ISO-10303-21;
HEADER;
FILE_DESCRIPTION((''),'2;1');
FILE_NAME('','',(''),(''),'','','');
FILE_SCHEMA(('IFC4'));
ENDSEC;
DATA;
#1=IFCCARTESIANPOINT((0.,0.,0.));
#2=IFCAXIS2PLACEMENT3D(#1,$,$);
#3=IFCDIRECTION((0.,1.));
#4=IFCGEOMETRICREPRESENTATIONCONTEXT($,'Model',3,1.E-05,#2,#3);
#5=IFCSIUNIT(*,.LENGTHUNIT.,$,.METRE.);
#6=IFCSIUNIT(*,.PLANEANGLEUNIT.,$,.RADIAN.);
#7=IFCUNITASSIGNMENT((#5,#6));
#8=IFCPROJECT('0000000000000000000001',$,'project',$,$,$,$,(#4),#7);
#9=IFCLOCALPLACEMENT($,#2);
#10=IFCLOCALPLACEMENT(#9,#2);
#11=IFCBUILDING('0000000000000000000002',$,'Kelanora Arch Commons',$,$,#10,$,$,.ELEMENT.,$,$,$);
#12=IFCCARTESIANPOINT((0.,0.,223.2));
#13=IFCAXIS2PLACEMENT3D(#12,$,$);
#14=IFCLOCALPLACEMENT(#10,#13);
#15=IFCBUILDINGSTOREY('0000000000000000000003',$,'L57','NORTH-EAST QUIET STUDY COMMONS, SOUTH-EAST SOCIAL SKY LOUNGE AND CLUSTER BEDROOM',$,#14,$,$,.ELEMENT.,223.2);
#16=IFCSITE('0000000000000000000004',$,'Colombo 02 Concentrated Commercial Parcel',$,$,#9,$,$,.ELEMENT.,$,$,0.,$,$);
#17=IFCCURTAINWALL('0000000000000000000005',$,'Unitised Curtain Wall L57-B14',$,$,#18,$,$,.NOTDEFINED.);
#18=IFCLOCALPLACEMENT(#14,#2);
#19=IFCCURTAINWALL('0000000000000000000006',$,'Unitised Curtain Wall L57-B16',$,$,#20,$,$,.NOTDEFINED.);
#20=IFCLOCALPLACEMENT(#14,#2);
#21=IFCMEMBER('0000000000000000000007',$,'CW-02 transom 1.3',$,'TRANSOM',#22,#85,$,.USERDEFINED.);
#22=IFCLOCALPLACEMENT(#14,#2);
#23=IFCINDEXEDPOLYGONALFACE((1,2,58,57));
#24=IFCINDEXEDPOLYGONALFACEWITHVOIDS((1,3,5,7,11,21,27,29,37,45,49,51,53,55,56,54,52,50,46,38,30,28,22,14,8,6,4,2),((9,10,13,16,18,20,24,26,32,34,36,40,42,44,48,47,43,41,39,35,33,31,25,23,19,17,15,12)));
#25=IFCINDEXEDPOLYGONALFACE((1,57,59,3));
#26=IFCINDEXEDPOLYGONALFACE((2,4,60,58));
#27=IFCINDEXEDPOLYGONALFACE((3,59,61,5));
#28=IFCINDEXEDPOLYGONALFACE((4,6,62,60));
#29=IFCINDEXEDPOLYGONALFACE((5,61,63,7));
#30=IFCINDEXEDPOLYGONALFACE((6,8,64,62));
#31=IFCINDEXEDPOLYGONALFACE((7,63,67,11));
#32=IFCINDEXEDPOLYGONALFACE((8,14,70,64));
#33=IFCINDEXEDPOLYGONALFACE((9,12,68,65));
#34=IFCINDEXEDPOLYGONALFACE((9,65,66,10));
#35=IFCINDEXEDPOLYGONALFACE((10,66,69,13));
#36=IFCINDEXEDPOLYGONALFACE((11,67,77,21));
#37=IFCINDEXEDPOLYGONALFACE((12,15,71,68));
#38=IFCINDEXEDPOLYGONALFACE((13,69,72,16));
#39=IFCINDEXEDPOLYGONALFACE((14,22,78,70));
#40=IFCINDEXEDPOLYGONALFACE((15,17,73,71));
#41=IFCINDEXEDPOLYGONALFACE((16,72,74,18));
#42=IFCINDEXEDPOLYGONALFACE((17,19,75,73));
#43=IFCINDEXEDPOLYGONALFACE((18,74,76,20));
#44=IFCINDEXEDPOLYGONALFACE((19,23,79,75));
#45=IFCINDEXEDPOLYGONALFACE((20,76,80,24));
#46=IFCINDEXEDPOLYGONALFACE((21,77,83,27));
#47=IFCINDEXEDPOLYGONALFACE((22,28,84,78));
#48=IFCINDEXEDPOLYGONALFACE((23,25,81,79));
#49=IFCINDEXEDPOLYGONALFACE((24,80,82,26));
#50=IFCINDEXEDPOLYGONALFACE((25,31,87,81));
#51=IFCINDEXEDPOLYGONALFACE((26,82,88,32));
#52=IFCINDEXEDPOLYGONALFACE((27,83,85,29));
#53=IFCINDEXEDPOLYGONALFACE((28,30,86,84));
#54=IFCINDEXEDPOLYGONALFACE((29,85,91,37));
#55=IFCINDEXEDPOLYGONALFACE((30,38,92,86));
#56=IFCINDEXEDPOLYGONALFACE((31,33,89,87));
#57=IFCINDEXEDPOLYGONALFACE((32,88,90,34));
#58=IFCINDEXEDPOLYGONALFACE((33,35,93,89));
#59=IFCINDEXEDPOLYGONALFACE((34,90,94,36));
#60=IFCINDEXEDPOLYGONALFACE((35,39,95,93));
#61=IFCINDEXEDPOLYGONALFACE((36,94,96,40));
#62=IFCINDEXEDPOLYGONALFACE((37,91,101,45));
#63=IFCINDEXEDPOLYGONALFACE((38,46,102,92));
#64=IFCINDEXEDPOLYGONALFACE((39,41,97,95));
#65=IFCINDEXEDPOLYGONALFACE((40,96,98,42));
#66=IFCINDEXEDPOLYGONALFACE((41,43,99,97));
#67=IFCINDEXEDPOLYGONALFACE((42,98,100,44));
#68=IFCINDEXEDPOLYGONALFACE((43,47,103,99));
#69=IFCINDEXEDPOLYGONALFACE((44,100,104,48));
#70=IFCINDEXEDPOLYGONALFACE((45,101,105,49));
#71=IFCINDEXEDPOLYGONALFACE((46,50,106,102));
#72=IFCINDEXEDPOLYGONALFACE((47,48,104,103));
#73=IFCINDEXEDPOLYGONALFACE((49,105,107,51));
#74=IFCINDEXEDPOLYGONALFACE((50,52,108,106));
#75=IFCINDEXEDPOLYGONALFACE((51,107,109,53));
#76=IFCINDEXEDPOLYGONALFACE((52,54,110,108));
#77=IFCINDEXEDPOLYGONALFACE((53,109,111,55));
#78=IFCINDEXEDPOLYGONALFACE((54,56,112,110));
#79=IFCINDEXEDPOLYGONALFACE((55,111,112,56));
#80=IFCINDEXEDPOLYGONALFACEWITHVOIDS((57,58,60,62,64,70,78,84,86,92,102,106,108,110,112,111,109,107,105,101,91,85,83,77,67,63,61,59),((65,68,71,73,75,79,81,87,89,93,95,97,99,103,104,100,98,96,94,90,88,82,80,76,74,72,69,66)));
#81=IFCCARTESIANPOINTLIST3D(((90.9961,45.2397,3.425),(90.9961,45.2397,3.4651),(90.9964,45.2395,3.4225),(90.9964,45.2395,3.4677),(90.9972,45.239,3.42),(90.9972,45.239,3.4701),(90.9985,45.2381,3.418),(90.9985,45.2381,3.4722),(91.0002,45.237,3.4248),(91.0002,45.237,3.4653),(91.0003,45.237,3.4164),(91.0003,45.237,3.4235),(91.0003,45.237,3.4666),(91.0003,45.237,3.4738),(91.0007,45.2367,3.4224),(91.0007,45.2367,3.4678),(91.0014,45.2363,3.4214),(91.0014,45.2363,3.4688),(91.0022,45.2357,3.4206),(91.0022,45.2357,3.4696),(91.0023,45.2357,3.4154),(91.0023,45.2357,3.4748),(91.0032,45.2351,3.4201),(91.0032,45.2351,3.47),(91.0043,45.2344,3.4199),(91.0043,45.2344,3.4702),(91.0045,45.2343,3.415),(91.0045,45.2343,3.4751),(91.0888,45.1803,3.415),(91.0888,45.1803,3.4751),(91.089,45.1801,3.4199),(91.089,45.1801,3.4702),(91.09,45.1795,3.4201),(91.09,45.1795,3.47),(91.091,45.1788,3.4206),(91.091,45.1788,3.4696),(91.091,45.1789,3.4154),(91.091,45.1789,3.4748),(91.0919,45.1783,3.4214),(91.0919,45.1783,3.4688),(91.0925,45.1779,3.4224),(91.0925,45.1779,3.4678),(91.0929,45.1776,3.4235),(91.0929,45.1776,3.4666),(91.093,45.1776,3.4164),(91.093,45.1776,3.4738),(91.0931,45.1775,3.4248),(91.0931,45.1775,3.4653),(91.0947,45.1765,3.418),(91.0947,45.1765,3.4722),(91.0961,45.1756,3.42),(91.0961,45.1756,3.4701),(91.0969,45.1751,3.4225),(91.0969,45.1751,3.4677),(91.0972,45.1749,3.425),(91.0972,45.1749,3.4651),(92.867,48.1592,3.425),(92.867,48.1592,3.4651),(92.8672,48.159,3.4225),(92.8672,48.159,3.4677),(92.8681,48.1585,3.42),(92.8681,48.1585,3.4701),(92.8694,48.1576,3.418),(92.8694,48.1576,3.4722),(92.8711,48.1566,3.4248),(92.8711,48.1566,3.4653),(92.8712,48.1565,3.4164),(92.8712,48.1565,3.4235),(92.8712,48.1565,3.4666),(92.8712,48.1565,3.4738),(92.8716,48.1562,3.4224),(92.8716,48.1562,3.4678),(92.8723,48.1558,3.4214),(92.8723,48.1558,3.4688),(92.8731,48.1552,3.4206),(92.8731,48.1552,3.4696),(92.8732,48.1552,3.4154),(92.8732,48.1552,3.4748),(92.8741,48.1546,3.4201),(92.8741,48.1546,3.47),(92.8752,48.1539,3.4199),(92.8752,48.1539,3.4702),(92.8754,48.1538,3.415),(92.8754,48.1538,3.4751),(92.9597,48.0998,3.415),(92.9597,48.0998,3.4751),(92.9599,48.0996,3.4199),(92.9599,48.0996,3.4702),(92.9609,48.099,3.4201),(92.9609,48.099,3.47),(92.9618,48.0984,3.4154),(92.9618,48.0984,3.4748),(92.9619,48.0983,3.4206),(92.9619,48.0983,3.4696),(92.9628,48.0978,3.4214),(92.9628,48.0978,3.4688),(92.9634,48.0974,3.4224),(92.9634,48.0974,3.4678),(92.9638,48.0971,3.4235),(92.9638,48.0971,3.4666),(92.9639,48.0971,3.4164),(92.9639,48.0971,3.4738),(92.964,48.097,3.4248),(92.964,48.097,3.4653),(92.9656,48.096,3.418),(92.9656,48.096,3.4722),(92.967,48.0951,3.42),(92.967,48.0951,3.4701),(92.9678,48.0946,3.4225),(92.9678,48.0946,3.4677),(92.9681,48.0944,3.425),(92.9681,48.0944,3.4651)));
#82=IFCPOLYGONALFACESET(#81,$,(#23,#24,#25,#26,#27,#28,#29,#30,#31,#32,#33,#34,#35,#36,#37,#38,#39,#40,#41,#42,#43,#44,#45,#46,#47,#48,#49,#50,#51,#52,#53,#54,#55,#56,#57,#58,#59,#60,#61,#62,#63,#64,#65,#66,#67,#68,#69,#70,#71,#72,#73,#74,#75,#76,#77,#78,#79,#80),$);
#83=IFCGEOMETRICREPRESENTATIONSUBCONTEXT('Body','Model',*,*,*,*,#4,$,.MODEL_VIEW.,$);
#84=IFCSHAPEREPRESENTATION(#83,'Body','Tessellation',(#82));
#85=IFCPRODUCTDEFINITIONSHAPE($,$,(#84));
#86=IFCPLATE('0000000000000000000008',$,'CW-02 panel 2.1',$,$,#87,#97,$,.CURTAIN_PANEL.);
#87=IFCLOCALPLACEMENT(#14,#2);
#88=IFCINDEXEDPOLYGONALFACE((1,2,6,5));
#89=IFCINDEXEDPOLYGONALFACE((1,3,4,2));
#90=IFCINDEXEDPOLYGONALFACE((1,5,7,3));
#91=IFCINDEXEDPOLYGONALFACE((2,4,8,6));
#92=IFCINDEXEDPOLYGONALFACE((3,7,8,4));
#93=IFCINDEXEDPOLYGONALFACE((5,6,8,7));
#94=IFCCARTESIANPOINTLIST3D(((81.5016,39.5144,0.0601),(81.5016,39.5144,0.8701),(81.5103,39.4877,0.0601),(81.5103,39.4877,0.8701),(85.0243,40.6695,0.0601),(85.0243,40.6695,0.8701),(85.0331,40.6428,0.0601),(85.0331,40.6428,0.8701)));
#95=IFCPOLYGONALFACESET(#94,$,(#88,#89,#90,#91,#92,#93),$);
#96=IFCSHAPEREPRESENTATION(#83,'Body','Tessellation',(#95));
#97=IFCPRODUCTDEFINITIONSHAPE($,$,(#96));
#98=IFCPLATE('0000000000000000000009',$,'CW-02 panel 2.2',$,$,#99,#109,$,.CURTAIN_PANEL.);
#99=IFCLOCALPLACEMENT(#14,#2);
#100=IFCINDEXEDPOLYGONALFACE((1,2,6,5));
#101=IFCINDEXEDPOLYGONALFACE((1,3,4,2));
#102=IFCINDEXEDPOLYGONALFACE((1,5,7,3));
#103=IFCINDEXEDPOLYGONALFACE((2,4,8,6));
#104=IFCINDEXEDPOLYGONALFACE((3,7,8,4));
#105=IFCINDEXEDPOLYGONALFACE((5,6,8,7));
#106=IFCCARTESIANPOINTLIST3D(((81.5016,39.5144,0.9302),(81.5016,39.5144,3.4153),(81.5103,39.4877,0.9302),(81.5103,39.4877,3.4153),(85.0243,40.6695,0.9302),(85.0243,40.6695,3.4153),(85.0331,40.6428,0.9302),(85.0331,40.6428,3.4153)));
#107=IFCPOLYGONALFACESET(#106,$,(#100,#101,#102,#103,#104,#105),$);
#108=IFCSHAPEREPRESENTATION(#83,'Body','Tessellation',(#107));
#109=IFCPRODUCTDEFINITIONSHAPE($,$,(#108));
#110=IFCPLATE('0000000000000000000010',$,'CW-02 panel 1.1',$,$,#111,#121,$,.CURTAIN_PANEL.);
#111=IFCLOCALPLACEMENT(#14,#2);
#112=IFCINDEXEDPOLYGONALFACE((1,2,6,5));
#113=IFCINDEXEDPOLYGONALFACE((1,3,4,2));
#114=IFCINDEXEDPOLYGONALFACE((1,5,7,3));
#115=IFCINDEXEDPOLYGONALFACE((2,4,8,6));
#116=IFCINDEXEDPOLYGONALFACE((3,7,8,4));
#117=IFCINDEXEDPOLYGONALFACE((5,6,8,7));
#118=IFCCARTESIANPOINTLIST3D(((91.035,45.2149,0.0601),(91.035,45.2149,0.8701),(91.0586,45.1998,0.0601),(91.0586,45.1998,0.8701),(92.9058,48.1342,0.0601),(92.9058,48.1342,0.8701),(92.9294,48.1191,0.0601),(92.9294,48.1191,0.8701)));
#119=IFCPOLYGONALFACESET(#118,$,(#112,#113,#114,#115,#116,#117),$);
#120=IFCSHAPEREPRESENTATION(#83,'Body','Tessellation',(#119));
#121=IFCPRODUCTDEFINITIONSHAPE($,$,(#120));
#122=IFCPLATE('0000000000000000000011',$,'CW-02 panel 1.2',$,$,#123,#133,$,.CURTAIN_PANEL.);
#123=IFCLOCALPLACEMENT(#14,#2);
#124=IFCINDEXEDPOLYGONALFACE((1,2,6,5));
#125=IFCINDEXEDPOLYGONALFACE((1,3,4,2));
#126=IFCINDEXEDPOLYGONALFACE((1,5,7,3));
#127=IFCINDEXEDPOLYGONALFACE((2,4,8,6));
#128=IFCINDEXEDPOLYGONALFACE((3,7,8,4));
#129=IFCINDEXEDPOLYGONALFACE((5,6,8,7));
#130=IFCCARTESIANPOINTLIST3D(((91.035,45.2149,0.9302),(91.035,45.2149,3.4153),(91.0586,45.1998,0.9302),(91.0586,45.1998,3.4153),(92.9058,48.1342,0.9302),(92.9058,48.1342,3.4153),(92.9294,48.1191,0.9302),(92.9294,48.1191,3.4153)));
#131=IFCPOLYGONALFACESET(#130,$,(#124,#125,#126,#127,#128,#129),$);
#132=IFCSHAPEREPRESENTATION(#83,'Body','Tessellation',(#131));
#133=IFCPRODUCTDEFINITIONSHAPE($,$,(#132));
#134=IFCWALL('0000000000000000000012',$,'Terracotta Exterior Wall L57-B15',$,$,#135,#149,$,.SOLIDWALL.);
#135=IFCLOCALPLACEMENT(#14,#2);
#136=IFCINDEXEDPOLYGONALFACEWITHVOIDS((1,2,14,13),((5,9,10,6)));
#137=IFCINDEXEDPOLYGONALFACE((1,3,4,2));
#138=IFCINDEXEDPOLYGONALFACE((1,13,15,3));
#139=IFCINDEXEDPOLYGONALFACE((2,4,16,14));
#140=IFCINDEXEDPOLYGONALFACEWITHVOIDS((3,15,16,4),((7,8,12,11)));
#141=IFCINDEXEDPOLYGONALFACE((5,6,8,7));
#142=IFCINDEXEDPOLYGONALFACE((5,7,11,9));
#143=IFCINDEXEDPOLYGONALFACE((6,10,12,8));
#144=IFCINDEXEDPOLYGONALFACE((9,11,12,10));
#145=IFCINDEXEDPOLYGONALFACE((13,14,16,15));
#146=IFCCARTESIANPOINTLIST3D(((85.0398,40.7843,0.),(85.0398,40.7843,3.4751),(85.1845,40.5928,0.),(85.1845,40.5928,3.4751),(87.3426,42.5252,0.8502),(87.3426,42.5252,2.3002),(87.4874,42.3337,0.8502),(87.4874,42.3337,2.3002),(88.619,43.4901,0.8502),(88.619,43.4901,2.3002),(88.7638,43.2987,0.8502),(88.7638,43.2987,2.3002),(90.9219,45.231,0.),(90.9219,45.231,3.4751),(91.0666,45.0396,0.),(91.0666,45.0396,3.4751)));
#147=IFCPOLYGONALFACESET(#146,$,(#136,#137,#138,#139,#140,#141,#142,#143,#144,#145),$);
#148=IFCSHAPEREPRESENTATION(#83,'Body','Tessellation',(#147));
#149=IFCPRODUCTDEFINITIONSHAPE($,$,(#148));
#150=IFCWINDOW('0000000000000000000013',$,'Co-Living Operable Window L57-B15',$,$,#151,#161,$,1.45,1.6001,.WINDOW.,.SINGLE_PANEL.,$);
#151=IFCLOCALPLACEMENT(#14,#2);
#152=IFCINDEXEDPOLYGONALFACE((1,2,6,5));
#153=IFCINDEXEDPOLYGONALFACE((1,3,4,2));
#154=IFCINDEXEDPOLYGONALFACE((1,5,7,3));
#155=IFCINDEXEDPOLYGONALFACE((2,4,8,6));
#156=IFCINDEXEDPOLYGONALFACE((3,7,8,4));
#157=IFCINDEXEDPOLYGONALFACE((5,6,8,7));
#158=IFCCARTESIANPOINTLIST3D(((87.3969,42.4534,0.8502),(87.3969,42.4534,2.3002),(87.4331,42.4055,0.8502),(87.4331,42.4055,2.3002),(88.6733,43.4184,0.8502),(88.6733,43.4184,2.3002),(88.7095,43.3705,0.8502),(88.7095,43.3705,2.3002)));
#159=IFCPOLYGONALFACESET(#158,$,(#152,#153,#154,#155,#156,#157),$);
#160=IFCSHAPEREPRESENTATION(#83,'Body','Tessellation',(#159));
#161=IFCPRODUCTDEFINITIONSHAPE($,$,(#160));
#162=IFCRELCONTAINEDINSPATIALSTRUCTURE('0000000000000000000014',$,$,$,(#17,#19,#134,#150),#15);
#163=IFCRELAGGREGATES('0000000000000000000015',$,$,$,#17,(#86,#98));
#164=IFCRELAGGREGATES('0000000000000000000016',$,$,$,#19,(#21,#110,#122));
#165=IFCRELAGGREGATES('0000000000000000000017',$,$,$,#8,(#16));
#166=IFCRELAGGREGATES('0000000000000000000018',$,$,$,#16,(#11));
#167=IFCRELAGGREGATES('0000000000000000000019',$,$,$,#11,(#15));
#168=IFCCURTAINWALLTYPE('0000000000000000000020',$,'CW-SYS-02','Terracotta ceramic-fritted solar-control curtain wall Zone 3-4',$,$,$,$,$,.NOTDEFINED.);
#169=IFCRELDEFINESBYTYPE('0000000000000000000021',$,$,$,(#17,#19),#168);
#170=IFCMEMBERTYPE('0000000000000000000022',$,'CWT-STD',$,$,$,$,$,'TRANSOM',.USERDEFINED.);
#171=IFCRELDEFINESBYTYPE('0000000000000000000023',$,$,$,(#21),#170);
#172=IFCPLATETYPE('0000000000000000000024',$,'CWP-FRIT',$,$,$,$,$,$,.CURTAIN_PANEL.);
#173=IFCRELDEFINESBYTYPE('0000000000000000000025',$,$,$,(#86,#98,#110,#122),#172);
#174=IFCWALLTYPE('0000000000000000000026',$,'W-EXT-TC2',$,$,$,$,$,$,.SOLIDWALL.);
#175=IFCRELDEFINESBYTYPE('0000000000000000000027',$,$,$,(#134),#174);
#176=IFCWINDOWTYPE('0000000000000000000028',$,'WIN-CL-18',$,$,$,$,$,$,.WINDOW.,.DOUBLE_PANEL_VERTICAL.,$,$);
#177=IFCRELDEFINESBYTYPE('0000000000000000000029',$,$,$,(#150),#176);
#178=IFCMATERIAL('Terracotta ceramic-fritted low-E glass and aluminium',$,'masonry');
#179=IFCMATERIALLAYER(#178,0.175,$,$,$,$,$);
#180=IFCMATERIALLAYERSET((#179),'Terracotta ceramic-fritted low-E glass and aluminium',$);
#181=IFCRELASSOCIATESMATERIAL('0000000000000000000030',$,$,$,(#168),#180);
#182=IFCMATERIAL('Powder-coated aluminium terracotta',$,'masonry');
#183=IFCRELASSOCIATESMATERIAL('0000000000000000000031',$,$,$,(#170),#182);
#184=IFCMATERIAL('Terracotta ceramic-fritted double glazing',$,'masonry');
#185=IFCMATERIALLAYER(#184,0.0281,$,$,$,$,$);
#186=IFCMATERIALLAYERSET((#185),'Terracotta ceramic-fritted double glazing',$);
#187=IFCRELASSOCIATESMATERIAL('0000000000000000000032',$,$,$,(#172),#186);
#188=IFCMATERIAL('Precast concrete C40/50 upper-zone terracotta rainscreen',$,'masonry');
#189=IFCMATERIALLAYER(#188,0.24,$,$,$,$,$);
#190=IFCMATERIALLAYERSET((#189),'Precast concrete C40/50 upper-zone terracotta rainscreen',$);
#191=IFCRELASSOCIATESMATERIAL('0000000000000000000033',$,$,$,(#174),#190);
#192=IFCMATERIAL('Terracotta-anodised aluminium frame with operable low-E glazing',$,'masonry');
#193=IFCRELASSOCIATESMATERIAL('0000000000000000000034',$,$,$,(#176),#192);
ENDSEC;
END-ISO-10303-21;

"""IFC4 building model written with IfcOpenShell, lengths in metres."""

from ifc_helpers import new_model, si_unit, direction, frame, frame_2d, origin, origin_2d, place, context, subcontext, project, spatial, rectangle, hollow_rectangle, extrude, source, transform, mapped, material, layer, layer_set, material_profile, profile_set, type_object, element, fill, aggregate, save


model = new_model("IFC4")

# Units and contexts
model_context = context("Model", 3, precision=1e-05, world=origin(), true_north=direction((0.0, 1.0)))
body_context = subcontext(model_context, "Body", "Model", "MODEL_VIEW")
ifc_project = project(units=[si_unit("LENGTHUNIT", "METRE"), si_unit("PLANEANGLEUNIT", "RADIAN")], contexts=[model_context])

# Site, building, storey
site_placement = place(None, origin())
site = spatial("IfcSite", under=ifc_project, at=site_placement, Name="Colombo 02 Concentrated Commercial Parcel", CompositionType="ELEMENT", RefElevation=0.0)
building_placement = place(site_placement, origin())
building = spatial("IfcBuilding", under=site, at=building_placement, Name="Kelanora Arch Commons", CompositionType="ELEMENT")
storey_placement = place(building_placement, frame((0.0, 0.0, 223.2)))
storey = spatial("IfcBuildingStorey", under=building, at=storey_placement, Name="L57", Description="NORTH-EAST QUIET STUDY COMMONS, SOUTH-EAST SOCIAL SKY LOUNGE AND CLUSTER BEDROOM", CompositionType="ELEMENT", Elevation=223.2)

# Curtain wall
ifc_material_1 = material(Name="Terracotta ceramic-fritted low-E glass and aluminium", Category="masonry")
ifc_layer_1 = layer(ifc_material_1, 0.175)
ifc_layer_set_1 = layer_set([ifc_layer_1], Name="Terracotta ceramic-fritted low-E glass and aluminium")
curtain_wall_type = type_object("IfcCurtainWallType", Name="CW-SYS-02", Description="Terracotta ceramic-fritted solar-control curtain wall Zone 3-4", PredefinedType="NOTDEFINED", material=ifc_layer_set_1)
curtain_wall_1_placement = place(storey_placement, origin())
curtain_wall_1 = element("IfcCurtainWall", 1, at=curtain_wall_1_placement, inside=storey, type_object=curtain_wall_type, Name="Unitised Curtain Wall L57-B14", PredefinedType="NOTDEFINED")
ifc_material_2 = material(Name="Powder-coated aluminium terracotta", Category="masonry")

# Curtain wall, member
curtain_wall_2_placement = place(storey_placement, origin())
curtain_wall_2 = element("IfcCurtainWall", 2, at=curtain_wall_2_placement, inside=storey, type_object=curtain_wall_type, Name="Unitised Curtain Wall L57-B16", PredefinedType="NOTDEFINED")
ifc_material_profile_1 = material_profile(ifc_material_2, hollow_rectangle(XDim=0.1201, YDim=0.0601, WallThickness=0.0049, InnerFilletRadius=0.0049, OuterFilletRadius=0.01, at=origin_2d()), Name="CWT120x60")
ifc_profile_set_1 = profile_set([ifc_material_profile_1], Name="Powder-coated aluminium terracotta")
member_type_1 = type_object("IfcMemberType", Name="CWT-STD", ElementType="TRANSOM", PredefinedType="USERDEFINED", material=ifc_profile_set_1)
member_1_placement = place(storey_placement, frame((91.0466, 45.2073, 3.4451), z_axis=(0.539547, 0.841955, 0.0), x_axis=(-0.841955, 0.539547, 0.0)))
member_1 = element("IfcMember", 3, at=member_1_placement, type_object=member_type_1, Name="CW-02 transom 1.3", ObjectType="TRANSOM", PredefinedType="USERDEFINED", context=body_context, shape_type="SweptSolid", body=[
    extrude(hollow_rectangle(XDim=0.1201, YDim=0.0601, WallThickness=0.0049, InnerFilletRadius=0.0049, OuterFilletRadius=0.01, at=origin_2d()), origin(), (0.0, 0.0, 1.0), 3.4675),
])

# Plates
ifc_material_3 = material(Name="Terracotta ceramic-fritted double glazing", Category="masonry")
ifc_layer_2 = layer(ifc_material_3, 0.0281)
ifc_layer_set_2 = layer_set([ifc_layer_2], Name="Terracotta ceramic-fritted double glazing")
plate_type = type_object("IfcPlateType", Name="CWP-FRIT", PredefinedType="CURTAIN_PANEL", material=ifc_layer_set_2)
shared_shape_1 = source(origin(), body_context, "Body", "SweptSolid", [
    extrude(rectangle(XDim=3.7073, YDim=0.0281, at=origin_2d()), origin(), (0.0, 0.0, 1.0), 0.8101),
])
plate_1_placement = place(storey_placement, frame((83.2673, 40.0786, 0.0601), z_axis=(0.0, 0.0, 1.0), x_axis=(0.950219, 0.311582, 0.0)))
plate_1 = element("IfcPlate", 4, at=plate_1_placement, type_object=plate_type, Name="CW-02 panel 2.1", PredefinedType="CURTAIN_PANEL", context=body_context, shape_type="MappedRepresentation", body=[
    mapped(shared_shape_1, transform((0.0, 0.0, 0.0), scale=1.0)),
])
shared_shape_2 = source(origin(), body_context, "Body", "SweptSolid", [
    extrude(rectangle(XDim=3.7073, YDim=0.0281, at=origin_2d()), origin(), (0.0, 0.0, 1.0), 2.4851),
])
plate_2_placement = place(storey_placement, frame((83.2673, 40.0786, 0.9302), z_axis=(0.0, 0.0, 1.0), x_axis=(0.950219, 0.311582, 0.0)))
plate_2 = element("IfcPlate", 5, at=plate_2_placement, type_object=plate_type, Name="CW-02 panel 2.2", PredefinedType="CURTAIN_PANEL", context=body_context, shape_type="MappedRepresentation", body=[
    mapped(shared_shape_2, transform((0.0, 0.0, 0.0), scale=1.0)),
])
aggregate(curtain_wall_1, [plate_1, plate_2])
shared_shape_3 = source(origin(), body_context, "Body", "SweptSolid", [
    extrude(rectangle(XDim=3.4673, YDim=0.0281, at=origin_2d()), origin(), (0.0, 0.0, 1.0), 0.8101),
])
plate_3_placement = place(storey_placement, frame((91.9822, 46.667, 0.0601), z_axis=(0.0, 0.0, 1.0), x_axis=(0.539559, 0.841948, 0.0)))
plate_3 = element("IfcPlate", 6, at=plate_3_placement, type_object=plate_type, Name="CW-02 panel 1.1", PredefinedType="CURTAIN_PANEL", context=body_context, shape_type="MappedRepresentation", body=[
    mapped(shared_shape_3, transform((0.0, 0.0, 0.0), scale=1.0)),
])
shared_shape_4 = source(origin(), body_context, "Body", "SweptSolid", [
    extrude(rectangle(XDim=3.4673, YDim=0.0281, at=origin_2d()), origin(), (0.0, 0.0, 1.0), 2.4851),
])
plate_4_placement = place(storey_placement, frame((91.9822, 46.667, 0.9302), z_axis=(0.0, 0.0, 1.0), x_axis=(0.539559, 0.841948, 0.0)))
plate_4 = element("IfcPlate", 7, at=plate_4_placement, type_object=plate_type, Name="CW-02 panel 1.2", PredefinedType="CURTAIN_PANEL", context=body_context, shape_type="MappedRepresentation", body=[
    mapped(shared_shape_4, transform((0.0, 0.0, 0.0), scale=1.0)),
])
aggregate(curtain_wall_2, [member_1, plate_3, plate_4])

# Wall, opening, window
ifc_material_4 = material(Name="Precast concrete C40/50 upper-zone terracotta rainscreen", Category="masonry")
ifc_layer_3 = layer(ifc_material_4, 0.24)
ifc_layer_set_3 = layer_set([ifc_layer_3], Name="Precast concrete C40/50 upper-zone terracotta rainscreen")
wall_type = type_object("IfcWallType", Name="W-EXT-TC2", PredefinedType="SOLIDWALL", material=ifc_layer_set_3)
wall_placement = place(storey_placement, frame((85.1121, 40.6885, 0.0), z_axis=(0.0, 0.0, 1.0), x_axis=(0.797702, 0.603052, 0.0)))
wall = element("IfcWall", 8, at=wall_placement, inside=storey, type_object=wall_type, Name="Terracotta Exterior Wall L57-B15", PredefinedType="SOLIDWALL", context=body_context, shape_type="SweptSolid", body=[
    extrude(rectangle(XDim=7.3738, YDim=0.24, at=frame_2d((3.687, 0.0))), origin(), (0.0, 0.0, 1.0), 3.4751),
])
opening_placement = place(wall_placement, frame((2.887, 0.0, 0.8501)))
opening = element("IfcOpeningElement", 9, at=opening_placement, cuts=wall, PredefinedType="OPENING", context=body_context, shape_type="SweptSolid", body=[
    extrude(rectangle(XDim=1.6001, YDim=1.45, at=frame_2d((0.8, 0.7251))), frame((0.0, 0.1299, 0.0), z_axis=(0.0, -1.0, 0.0), x_axis=(1.0, 0.0, 0.0)), (0.0, 0.0, 1.0), 0.26),
])
ifc_material_5 = material(Name="Terracotta-anodised aluminium frame with operable low-E glazing", Category="masonry")
window_type = type_object("IfcWindowType", Name="WIN-CL-18", PartitioningType="DOUBLE_PANEL_VERTICAL", PredefinedType="WINDOW", material=ifc_material_5)
window_placement = place(opening_placement, origin())
window = element("IfcWindow", 10, at=window_placement, inside=storey, type_object=window_type, Name="Co-Living Operable Window L57-B15", OverallHeight=1.45, OverallWidth=1.6001, PartitioningType="SINGLE_PANEL", PredefinedType="WINDOW", context=body_context, shape_type="SweptSolid", body=[
    extrude(rectangle(XDim=1.6001, YDim=1.45, at=frame_2d((0.8, 0.7251))), frame((0.0, 0.03, 0.0), z_axis=(0.0, -1.0, 0.0), x_axis=(1.0, 0.0, 0.0)), (0.0, 0.0, 1.0), 0.0601),
])
fill(opening, window)

save(model, "model.ifc")
